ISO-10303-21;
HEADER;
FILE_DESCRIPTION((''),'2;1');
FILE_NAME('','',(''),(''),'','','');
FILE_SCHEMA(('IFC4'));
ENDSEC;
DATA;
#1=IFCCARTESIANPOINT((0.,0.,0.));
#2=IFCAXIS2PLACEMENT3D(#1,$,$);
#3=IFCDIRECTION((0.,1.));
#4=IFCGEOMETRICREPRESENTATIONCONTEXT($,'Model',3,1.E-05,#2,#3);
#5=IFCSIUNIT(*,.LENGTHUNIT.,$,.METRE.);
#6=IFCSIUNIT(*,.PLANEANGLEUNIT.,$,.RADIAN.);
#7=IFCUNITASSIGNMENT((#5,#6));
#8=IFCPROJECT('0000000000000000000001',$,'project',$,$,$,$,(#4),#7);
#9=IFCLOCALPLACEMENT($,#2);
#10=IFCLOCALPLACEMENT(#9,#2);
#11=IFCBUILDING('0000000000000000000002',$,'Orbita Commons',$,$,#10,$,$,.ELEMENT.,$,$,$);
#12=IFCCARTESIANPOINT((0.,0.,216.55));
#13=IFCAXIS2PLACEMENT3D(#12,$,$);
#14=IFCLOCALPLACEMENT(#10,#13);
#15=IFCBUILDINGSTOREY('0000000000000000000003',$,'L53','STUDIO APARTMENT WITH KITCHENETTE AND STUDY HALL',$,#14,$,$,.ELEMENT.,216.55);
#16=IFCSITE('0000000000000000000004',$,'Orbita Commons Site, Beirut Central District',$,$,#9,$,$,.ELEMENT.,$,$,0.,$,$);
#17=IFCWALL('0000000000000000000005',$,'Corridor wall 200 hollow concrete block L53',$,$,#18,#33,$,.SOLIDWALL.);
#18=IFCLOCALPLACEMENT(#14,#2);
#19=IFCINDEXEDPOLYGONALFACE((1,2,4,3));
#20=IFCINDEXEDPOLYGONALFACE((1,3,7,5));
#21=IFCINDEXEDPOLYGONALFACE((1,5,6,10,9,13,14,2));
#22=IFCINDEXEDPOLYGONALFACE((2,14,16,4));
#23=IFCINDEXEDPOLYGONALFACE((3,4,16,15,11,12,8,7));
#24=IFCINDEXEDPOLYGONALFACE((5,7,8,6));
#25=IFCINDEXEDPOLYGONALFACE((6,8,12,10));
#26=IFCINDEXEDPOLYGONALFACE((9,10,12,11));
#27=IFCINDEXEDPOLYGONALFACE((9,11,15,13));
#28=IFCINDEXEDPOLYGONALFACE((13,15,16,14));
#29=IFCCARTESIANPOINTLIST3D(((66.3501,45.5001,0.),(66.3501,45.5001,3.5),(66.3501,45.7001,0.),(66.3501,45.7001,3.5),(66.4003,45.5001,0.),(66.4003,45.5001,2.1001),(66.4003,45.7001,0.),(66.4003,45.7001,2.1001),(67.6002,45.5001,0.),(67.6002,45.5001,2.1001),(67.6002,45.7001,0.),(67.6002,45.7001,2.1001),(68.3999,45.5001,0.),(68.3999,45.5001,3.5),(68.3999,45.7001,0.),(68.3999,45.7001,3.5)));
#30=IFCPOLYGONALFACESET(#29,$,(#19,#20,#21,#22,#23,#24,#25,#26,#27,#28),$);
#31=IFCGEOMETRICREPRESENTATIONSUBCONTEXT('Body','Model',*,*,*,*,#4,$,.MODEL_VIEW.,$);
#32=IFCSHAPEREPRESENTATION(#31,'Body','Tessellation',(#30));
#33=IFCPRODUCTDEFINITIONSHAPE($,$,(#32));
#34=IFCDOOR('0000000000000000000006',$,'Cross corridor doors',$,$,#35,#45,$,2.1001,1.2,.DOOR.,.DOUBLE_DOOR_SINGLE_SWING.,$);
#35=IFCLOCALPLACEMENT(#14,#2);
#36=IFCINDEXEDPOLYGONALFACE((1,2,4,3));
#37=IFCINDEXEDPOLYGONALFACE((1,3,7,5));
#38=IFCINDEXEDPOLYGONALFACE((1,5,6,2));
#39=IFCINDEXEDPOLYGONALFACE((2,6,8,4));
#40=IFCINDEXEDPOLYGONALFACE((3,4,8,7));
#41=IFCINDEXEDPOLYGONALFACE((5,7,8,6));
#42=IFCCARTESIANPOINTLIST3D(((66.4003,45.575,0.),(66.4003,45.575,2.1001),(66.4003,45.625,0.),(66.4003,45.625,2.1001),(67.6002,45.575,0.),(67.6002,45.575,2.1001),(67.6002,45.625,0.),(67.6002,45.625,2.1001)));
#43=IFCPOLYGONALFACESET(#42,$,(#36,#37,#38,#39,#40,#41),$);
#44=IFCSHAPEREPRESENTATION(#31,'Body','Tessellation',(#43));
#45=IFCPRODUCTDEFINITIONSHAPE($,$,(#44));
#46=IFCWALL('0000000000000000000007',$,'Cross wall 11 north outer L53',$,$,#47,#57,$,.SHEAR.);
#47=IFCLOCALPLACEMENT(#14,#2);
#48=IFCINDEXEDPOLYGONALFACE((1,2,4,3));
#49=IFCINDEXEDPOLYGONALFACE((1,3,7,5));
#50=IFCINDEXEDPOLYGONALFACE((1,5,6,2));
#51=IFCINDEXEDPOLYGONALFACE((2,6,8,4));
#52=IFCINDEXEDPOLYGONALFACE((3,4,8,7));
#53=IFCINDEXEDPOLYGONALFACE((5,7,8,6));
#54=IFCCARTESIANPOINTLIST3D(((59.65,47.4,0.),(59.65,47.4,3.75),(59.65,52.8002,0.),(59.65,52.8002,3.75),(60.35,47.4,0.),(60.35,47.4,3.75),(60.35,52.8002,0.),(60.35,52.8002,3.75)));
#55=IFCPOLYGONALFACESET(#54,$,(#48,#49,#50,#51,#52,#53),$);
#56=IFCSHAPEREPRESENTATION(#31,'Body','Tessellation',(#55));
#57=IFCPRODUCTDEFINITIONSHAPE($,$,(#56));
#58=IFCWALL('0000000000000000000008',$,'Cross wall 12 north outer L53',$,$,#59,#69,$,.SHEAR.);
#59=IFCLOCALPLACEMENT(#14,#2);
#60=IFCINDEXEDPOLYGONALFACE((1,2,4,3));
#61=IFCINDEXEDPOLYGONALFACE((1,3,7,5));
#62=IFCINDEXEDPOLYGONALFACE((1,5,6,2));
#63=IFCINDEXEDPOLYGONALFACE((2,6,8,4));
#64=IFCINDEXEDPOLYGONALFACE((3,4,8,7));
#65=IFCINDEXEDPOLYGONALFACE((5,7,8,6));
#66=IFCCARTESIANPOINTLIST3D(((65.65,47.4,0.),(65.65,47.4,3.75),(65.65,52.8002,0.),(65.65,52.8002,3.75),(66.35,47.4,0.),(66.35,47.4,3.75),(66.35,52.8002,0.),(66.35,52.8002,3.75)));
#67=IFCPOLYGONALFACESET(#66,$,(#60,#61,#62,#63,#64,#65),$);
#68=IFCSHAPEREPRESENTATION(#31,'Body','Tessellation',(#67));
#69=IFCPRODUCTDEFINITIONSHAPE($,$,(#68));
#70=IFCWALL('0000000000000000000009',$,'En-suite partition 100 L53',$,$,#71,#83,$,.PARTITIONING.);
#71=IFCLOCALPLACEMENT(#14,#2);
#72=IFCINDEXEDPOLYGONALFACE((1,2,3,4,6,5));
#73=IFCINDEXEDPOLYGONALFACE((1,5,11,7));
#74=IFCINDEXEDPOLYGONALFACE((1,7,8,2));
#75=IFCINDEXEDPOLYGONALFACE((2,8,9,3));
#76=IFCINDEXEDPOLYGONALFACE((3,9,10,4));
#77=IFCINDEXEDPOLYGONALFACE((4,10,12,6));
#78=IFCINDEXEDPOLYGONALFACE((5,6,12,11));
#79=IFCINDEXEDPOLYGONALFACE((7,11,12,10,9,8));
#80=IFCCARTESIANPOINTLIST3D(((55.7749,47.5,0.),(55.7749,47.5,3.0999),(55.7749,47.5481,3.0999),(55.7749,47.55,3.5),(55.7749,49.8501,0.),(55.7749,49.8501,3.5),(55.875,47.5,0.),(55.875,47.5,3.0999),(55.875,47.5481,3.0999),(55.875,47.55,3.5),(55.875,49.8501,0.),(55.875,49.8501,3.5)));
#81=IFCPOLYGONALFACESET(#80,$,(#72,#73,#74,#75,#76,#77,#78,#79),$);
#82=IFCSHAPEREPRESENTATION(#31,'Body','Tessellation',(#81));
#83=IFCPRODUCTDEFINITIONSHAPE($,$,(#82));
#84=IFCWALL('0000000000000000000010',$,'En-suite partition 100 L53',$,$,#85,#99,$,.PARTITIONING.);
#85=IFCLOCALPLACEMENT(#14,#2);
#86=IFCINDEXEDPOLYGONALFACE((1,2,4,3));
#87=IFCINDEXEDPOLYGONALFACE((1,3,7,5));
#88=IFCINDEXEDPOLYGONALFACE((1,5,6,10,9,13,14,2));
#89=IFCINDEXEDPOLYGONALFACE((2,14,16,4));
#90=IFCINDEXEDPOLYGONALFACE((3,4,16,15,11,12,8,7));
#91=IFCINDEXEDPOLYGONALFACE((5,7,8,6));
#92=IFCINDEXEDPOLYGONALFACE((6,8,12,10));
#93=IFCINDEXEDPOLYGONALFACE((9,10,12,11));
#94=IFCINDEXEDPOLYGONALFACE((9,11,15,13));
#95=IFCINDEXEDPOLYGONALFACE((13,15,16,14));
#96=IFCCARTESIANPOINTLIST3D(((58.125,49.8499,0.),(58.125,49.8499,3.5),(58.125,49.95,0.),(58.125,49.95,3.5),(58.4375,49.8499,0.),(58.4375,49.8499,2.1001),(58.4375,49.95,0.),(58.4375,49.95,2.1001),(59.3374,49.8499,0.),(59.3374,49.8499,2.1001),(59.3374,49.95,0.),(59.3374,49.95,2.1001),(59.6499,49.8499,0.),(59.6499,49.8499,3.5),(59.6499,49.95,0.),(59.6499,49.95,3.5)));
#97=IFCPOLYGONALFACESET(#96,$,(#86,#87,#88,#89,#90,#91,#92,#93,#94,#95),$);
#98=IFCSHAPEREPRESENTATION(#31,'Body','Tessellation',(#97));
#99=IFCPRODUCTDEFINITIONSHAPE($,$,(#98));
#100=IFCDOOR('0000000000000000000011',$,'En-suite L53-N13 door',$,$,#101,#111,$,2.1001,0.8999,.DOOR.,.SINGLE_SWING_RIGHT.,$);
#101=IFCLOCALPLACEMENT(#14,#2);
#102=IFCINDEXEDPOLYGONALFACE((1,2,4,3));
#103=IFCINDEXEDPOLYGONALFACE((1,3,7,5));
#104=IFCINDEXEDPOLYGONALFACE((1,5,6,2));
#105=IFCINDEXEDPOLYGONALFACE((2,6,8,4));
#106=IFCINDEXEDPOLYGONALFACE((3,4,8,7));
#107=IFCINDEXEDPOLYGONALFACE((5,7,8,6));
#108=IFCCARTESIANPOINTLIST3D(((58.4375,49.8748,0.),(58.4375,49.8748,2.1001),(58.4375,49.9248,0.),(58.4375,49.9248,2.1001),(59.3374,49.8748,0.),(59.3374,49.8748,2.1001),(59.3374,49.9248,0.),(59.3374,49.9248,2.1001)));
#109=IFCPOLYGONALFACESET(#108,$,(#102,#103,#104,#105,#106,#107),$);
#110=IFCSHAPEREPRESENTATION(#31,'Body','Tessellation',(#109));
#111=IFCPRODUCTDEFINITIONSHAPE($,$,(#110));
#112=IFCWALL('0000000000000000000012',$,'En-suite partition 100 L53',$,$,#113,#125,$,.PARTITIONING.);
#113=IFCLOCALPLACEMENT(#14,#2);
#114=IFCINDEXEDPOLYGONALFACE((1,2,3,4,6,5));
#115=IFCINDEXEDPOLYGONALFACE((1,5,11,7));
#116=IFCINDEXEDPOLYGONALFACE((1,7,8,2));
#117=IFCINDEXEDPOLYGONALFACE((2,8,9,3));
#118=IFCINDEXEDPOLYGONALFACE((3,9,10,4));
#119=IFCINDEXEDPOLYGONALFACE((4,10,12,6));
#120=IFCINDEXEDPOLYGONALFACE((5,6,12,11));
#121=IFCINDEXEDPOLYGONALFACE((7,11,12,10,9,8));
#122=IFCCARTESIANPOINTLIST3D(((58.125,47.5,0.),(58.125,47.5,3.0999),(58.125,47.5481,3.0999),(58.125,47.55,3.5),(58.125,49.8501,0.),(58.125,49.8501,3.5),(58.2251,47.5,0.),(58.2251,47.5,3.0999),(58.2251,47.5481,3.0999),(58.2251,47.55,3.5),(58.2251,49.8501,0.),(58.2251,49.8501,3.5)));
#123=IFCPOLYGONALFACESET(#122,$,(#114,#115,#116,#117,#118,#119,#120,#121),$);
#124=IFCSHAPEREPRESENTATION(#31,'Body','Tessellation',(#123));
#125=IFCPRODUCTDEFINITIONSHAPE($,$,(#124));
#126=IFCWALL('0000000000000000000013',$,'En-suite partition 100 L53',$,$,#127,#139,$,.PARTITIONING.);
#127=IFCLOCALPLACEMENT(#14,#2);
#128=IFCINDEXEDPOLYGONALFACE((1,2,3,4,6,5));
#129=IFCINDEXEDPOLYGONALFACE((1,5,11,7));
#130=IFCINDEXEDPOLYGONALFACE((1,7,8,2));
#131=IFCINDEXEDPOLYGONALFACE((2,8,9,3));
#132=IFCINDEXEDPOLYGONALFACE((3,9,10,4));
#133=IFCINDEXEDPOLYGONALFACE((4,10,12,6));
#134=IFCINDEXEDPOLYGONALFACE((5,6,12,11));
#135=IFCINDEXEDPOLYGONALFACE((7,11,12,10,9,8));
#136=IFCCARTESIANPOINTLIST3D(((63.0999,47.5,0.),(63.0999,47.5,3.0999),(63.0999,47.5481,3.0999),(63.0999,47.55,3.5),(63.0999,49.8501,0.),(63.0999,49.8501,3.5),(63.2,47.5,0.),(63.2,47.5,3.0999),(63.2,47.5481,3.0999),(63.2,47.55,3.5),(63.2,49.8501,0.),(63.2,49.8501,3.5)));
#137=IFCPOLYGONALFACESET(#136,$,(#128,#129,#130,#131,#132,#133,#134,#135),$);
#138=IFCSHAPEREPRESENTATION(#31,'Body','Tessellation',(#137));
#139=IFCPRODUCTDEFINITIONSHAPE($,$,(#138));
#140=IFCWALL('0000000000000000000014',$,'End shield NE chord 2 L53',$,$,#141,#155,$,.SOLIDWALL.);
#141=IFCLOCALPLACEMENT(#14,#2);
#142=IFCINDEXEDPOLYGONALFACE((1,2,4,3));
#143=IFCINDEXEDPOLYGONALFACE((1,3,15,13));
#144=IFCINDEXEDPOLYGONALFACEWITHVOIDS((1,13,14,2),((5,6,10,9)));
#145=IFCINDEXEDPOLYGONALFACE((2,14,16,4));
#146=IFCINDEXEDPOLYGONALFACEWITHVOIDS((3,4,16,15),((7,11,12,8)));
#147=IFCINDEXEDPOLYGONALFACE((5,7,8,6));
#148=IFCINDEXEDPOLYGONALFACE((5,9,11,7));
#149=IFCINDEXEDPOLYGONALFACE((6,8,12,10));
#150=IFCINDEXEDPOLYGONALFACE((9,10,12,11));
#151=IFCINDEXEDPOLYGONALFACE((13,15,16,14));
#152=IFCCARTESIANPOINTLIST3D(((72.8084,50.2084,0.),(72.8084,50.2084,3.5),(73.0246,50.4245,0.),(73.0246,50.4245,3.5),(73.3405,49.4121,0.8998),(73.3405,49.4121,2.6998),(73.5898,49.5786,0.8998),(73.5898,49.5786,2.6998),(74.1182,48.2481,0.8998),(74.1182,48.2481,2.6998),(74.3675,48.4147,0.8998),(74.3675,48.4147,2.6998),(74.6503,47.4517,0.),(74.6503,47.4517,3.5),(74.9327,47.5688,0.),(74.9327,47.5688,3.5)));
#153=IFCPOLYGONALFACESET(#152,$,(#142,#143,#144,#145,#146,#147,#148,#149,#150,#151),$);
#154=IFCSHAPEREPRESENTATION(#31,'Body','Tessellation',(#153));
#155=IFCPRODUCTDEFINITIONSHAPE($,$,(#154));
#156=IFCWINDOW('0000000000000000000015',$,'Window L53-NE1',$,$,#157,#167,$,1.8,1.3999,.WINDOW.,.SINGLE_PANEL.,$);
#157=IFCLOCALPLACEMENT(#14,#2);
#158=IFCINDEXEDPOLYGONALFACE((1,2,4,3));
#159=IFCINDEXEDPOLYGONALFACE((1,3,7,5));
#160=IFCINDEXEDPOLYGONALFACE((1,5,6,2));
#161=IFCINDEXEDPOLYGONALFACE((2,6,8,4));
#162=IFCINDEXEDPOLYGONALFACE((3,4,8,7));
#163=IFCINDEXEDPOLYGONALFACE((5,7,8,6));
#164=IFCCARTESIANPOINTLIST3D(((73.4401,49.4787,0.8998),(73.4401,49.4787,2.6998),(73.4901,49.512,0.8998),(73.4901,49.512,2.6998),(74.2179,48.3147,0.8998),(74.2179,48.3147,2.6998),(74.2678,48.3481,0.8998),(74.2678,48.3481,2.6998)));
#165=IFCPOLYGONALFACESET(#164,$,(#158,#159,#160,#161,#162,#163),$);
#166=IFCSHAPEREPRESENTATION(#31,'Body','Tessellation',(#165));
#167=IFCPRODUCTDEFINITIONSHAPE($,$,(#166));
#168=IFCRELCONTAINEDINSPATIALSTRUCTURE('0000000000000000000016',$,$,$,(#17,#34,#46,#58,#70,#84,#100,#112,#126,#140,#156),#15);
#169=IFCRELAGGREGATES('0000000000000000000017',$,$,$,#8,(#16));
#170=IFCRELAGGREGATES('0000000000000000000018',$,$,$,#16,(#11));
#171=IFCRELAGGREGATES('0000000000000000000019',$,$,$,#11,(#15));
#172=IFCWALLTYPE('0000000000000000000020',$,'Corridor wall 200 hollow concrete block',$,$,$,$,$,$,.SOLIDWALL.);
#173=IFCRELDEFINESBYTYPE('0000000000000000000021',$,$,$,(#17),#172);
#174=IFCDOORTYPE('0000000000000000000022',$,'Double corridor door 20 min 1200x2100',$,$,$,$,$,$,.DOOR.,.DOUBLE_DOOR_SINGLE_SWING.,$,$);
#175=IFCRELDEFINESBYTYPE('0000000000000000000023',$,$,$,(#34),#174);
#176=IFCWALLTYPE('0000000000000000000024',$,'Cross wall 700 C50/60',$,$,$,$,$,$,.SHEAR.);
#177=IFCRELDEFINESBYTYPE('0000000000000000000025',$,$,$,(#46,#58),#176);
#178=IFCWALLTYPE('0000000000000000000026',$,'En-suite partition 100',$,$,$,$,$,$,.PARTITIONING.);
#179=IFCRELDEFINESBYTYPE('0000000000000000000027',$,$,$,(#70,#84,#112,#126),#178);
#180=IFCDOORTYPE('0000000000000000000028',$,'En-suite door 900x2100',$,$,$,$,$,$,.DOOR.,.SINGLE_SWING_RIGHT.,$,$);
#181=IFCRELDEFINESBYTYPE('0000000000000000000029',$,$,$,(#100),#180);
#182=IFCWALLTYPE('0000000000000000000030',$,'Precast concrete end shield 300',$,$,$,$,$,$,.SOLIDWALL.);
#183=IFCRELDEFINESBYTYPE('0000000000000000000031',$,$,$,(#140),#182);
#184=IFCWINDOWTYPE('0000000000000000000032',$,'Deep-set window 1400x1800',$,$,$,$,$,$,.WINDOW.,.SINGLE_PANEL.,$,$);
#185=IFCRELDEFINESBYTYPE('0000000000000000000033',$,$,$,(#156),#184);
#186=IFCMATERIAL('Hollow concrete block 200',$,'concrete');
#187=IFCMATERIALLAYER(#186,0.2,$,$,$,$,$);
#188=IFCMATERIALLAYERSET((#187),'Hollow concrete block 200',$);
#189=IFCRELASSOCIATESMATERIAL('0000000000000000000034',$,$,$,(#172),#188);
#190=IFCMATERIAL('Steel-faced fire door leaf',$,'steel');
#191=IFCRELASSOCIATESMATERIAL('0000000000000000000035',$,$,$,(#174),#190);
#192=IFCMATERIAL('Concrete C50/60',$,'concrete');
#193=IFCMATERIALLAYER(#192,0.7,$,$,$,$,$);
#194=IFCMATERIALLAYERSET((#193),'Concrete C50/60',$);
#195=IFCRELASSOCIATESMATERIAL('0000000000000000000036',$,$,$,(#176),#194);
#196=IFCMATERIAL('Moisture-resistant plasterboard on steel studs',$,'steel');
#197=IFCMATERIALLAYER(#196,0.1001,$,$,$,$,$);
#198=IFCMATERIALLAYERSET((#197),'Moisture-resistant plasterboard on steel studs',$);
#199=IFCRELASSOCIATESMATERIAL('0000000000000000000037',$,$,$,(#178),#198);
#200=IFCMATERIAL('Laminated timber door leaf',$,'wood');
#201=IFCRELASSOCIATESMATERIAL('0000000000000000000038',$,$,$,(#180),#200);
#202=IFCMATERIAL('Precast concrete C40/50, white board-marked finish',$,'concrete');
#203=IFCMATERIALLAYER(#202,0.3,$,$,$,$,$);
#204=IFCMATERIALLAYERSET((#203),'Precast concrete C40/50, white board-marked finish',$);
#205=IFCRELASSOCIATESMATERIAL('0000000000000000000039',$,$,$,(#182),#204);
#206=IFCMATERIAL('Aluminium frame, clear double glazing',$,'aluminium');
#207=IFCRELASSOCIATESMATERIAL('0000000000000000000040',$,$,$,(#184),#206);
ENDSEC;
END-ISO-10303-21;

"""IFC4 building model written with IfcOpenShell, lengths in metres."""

from ifc_helpers import new_model, si_unit, direction, frame, frame_2d, origin, place, context, subcontext, project, spatial, polyline, rectangle, outline, extrude, material, layer, layer_set, type_object, element, fill, save


model = new_model("IFC4")

# Units and contexts
model_context = context("Model", 3, precision=1e-05, world=origin(), true_north=direction((0.0, 1.0)))
body_context = subcontext(model_context, "Body", "Model", "MODEL_VIEW")
ifc_project = project(units=[si_unit("LENGTHUNIT", "METRE"), si_unit("PLANEANGLEUNIT", "RADIAN")], contexts=[model_context])

# Site, building, storey
site_placement = place(None, origin())
site = spatial("IfcSite", under=ifc_project, at=site_placement, Name="Orbita Commons Site, Beirut Central District", CompositionType="ELEMENT", RefElevation=0.0)
building_placement = place(site_placement, origin())
building = spatial("IfcBuilding", under=site, at=building_placement, Name="Orbita Commons", CompositionType="ELEMENT")
storey_placement = place(building_placement, frame((0.0, 0.0, 216.55)))
storey = spatial("IfcBuildingStorey", under=building, at=storey_placement, Name="L53", Description="STUDIO APARTMENT WITH KITCHENETTE AND STUDY HALL", CompositionType="ELEMENT", Elevation=216.55)

# Shared definitions
ifc_material_1 = material(Name="Hollow concrete block 200", Category="concrete")
ifc_layer_1 = layer(ifc_material_1, 0.2)
ifc_layer_set_1 = layer_set([ifc_layer_1], Name="Hollow concrete block 200")
wall_type_1 = type_object("IfcWallType", Name="Corridor wall 200 hollow concrete block", PredefinedType="SOLIDWALL", material=ifc_layer_set_1)

# Wall, opening, door
wall_1_placement = place(storey_placement, frame((66.3501, 45.6001, 0.0), z_axis=(0.0, 0.0, 1.0), x_axis=(1.0, 0.0, 0.0)))
wall_1 = element("IfcWall", 1, at=wall_1_placement, inside=storey, type_object=wall_type_1, Name="Corridor wall 200 hollow concrete block L53", PredefinedType="SOLIDWALL", context=body_context, shape_type="SweptSolid", body=[
    extrude(rectangle(XDim=2.0498, YDim=0.2, at=frame_2d((1.0249, 0.0))), origin(), (0.0, 0.0, 1.0), 3.5),
])
opening_1_placement = place(wall_1_placement, frame((0.05, 0.0, 0.0)))
opening_1 = element("IfcOpeningElement", 2, at=opening_1_placement, cuts=wall_1, PredefinedType="OPENING", context=body_context, shape_type="SweptSolid", body=[
    extrude(rectangle(XDim=1.2, YDim=2.1001, at=frame_2d((0.6001, 1.05))), frame((0.0, 0.1099, 0.0), z_axis=(0.0, -1.0, 0.0), x_axis=(1.0, 0.0, 0.0)), (0.0, 0.0, 1.0), 0.22),
])
ifc_material_2 = material(Name="Steel-faced fire door leaf", Category="steel")
door_type_1 = type_object("IfcDoorType", Name="Double corridor door 20 min 1200x2100", OperationType="DOUBLE_DOOR_SINGLE_SWING", PredefinedType="DOOR", material=ifc_material_2)
door_1_placement = place(opening_1_placement, origin())
door_1 = element("IfcDoor", 3, at=door_1_placement, inside=storey, type_object=door_type_1, Name="Cross corridor doors", OperationType="DOUBLE_DOOR_SINGLE_SWING", OverallHeight=2.1001, OverallWidth=1.2, PredefinedType="DOOR", context=body_context, shape_type="SweptSolid", body=[
    extrude(rectangle(XDim=1.2, YDim=2.1001, at=frame_2d((0.6001, 1.05))), frame((0.0, 0.0249, 0.0), z_axis=(0.0, -1.0, 0.0), x_axis=(1.0, 0.0, 0.0)), (0.0, 0.0, 1.0), 0.05),
])
fill(opening_1, door_1)

# Walls
ifc_material_3 = material(Name="Concrete C50/60", Category="concrete")
ifc_layer_2 = layer(ifc_material_3, 0.7)
ifc_layer_set_2 = layer_set([ifc_layer_2], Name="Concrete C50/60")
wall_type_2 = type_object("IfcWallType", Name="Cross wall 700 C50/60", PredefinedType="SHEAR", material=ifc_layer_set_2)
for number, where, z_axis, x_axis, name in (
    (4, (60.0, 47.3999, 0.0), (0.0, 0.0, 1.0), (0.0, 1.0, 0.0), "Cross wall 11 north outer L53"),
    (5, (66.0, 47.3999, 0.0), (0.0, 0.0, 1.0), (0.0, 1.0, 0.0), "Cross wall 12 north outer L53"),
):
    element("IfcWall", number, at=place(storey_placement, frame(where, z_axis=z_axis, x_axis=x_axis)), inside=storey, type_object=wall_type_2, Name=name, PredefinedType="SHEAR", context=body_context, shape_type="SweptSolid", body=[
        extrude(rectangle(XDim=5.4001, YDim=0.7, at=frame_2d((2.7002, 0.0))), origin(), (0.0, 0.0, 1.0), 3.75),
    ])
ifc_material_4 = material(Name="Moisture-resistant plasterboard on steel studs", Category="steel")
ifc_layer_3 = layer(ifc_material_4, 0.1001)
ifc_layer_set_3 = layer_set([ifc_layer_3], Name="Moisture-resistant plasterboard on steel studs")
wall_type_3 = type_object("IfcWallType", Name="En-suite partition 100", PredefinedType="PARTITIONING", material=ifc_layer_set_3)
wall_2_placement = place(storey_placement, frame((55.825, 49.8501, 0.0), z_axis=(0.0, 0.0, 1.0), x_axis=(0.0, -1.0, 0.0)))
element("IfcWall", 6, at=wall_2_placement, inside=storey, type_object=wall_type_3, Name="En-suite partition 100 L53", PredefinedType="PARTITIONING", context=body_context, shape_type="SweptSolid", body=[
    extrude(outline(polyline([(0.0, 0.0), (2.3501, 0.0), (2.3501, 3.0999), (2.302, 3.0999), (2.3, 3.5), (0.0, 3.5), (0.0, 0.0)])), frame((0.0, 0.05, 0.0), z_axis=(0.0, -1.0, 0.0), x_axis=(1.0, 0.0, 0.0)), (0.0, 0.0, 1.0), 0.1001),
])

# Wall, opening, door
wall_3_placement = place(storey_placement, frame((58.125, 49.8999, 0.0), z_axis=(0.0, 0.0, 1.0), x_axis=(1.0, 0.0, 0.0)))
wall_3 = element("IfcWall", 7, at=wall_3_placement, inside=storey, type_object=wall_type_3, Name="En-suite partition 100 L53", PredefinedType="PARTITIONING", context=body_context, shape_type="SweptSolid", body=[
    extrude(rectangle(XDim=1.5249, YDim=0.1001, at=frame_2d((0.7625, 0.0))), origin(), (0.0, 0.0, 1.0), 3.5),
])
opening_2_placement = place(wall_3_placement, frame((0.3125, 0.0, 0.0)))
opening_2 = element("IfcOpeningElement", 8, at=opening_2_placement, cuts=wall_3, PredefinedType="OPENING", context=body_context, shape_type="SweptSolid", body=[
    extrude(rectangle(XDim=0.8999, YDim=2.1001, at=frame_2d((0.45, 1.05))), frame((0.0, 0.0601, 0.0), z_axis=(0.0, -1.0, 0.0), x_axis=(1.0, 0.0, 0.0)), (0.0, 0.0, 1.0), 0.1201),
])
ifc_material_5 = material(Name="Laminated timber door leaf", Category="wood")
door_type_2 = type_object("IfcDoorType", Name="En-suite door 900x2100", OperationType="SINGLE_SWING_RIGHT", PredefinedType="DOOR", material=ifc_material_5)
door_2_placement = place(opening_2_placement, origin())
door_2 = element("IfcDoor", 9, at=door_2_placement, inside=storey, type_object=door_type_2, Name="En-suite L53-N13 door", OperationType="SINGLE_SWING_RIGHT", OverallHeight=2.1001, OverallWidth=0.8999, PredefinedType="DOOR", context=body_context, shape_type="SweptSolid", body=[
    extrude(rectangle(XDim=0.8999, YDim=2.1001, at=frame_2d((0.45, 1.05))), frame((0.0, 0.0249, 0.0), z_axis=(0.0, -1.0, 0.0), x_axis=(1.0, 0.0, 0.0)), (0.0, 0.0, 1.0), 0.05),
])
fill(opening_2, door_2)

# Walls
for number, where, z_axis, x_axis, name in (
    (10, (58.175, 49.8501, 0.0), (0.0, 0.0, 1.0), (0.0, -1.0, 0.0), "En-suite partition 100 L53"),
    (11, (63.1499, 49.8501, 0.0), (0.0, 0.0, 1.0), (0.0, -1.0, 0.0), "En-suite partition 100 L53"),
):
    element("IfcWall", number, at=place(storey_placement, frame(where, z_axis=z_axis, x_axis=x_axis)), inside=storey, type_object=wall_type_3, Name=name, PredefinedType="PARTITIONING", context=body_context, shape_type="SweptSolid", body=[
        extrude(outline(polyline([(0.0, 0.0), (2.3501, 0.0), (2.3501, 3.0999), (2.302, 3.0999), (2.3, 3.5), (0.0, 3.5), (0.0, 0.0)])), frame((0.0, 0.05, 0.0), z_axis=(0.0, -1.0, 0.0), x_axis=(1.0, 0.0, 0.0)), (0.0, 0.0, 1.0), 0.1001),
    ])

# Wall, opening, window
ifc_material_6 = material(Name="Precast concrete C40/50, white board-marked finish", Category="concrete")
ifc_layer_4 = layer(ifc_material_6, 0.3)
ifc_layer_set_4 = layer_set([ifc_layer_4], Name="Precast concrete C40/50, white board-marked finish")
wall_type_4 = type_object("IfcWallType", Name="Precast concrete end shield 300", PredefinedType="SOLIDWALL", material=ifc_layer_set_4)
wall_4_placement = place(storey_placement, frame((74.7915, 47.5103, 0.0), z_axis=(0.0, 0.0, 1.0), x_axis=(-0.555568, 0.831471, 0.0)))
wall_4 = element("IfcWall", 12, at=wall_4_placement, inside=storey, type_object=wall_type_4, Name="End shield NE chord 2 L53", PredefinedType="SOLIDWALL", context=body_context, shape_type="SweptSolid", body=[
    extrude(outline(polyline([(-0.0298, -0.1499), (3.4048, -0.1499), (3.3452, 0.1499), (0.0298, 0.1499), (-0.0298, -0.1499)])), origin(), (0.0, 0.0, 1.0), 3.5),
])
opening_3_placement = place(wall_4_placement, frame((0.9875, 0.0, 0.8999)))
opening_3 = element("IfcOpeningElement", 13, at=opening_3_placement, cuts=wall_4, PredefinedType="OPENING", context=body_context, shape_type="SweptSolid", body=[
    extrude(rectangle(XDim=1.3999, YDim=1.8, at=frame_2d((0.7, 0.8999))), frame((0.0, 0.1599, 0.0), z_axis=(0.0, -1.0, 0.0), x_axis=(1.0, 0.0, 0.0)), (0.0, 0.0, 1.0), 0.3201),
])
ifc_material_7 = material(Name="Aluminium frame, clear double glazing", Category="aluminium")
window_type = type_object("IfcWindowType", Name="Deep-set window 1400x1800", PartitioningType="SINGLE_PANEL", PredefinedType="WINDOW", material=ifc_material_7)
window_placement = place(opening_3_placement, origin())
window = element("IfcWindow", 14, at=window_placement, inside=storey, type_object=window_type, Name="Window L53-NE1", OverallHeight=1.8, OverallWidth=1.3999, PartitioningType="SINGLE_PANEL", PredefinedType="WINDOW", context=body_context, shape_type="SweptSolid", body=[
    extrude(rectangle(XDim=1.3999, YDim=1.8, at=frame_2d((0.7, 0.8999))), frame((0.0, 0.03, 0.0), z_axis=(0.0, -1.0, 0.0), x_axis=(1.0, 0.0, 0.0)), (0.0, 0.0, 1.0), 0.0601),
])
fill(opening_3, window)

save(model, "model.ifc")
